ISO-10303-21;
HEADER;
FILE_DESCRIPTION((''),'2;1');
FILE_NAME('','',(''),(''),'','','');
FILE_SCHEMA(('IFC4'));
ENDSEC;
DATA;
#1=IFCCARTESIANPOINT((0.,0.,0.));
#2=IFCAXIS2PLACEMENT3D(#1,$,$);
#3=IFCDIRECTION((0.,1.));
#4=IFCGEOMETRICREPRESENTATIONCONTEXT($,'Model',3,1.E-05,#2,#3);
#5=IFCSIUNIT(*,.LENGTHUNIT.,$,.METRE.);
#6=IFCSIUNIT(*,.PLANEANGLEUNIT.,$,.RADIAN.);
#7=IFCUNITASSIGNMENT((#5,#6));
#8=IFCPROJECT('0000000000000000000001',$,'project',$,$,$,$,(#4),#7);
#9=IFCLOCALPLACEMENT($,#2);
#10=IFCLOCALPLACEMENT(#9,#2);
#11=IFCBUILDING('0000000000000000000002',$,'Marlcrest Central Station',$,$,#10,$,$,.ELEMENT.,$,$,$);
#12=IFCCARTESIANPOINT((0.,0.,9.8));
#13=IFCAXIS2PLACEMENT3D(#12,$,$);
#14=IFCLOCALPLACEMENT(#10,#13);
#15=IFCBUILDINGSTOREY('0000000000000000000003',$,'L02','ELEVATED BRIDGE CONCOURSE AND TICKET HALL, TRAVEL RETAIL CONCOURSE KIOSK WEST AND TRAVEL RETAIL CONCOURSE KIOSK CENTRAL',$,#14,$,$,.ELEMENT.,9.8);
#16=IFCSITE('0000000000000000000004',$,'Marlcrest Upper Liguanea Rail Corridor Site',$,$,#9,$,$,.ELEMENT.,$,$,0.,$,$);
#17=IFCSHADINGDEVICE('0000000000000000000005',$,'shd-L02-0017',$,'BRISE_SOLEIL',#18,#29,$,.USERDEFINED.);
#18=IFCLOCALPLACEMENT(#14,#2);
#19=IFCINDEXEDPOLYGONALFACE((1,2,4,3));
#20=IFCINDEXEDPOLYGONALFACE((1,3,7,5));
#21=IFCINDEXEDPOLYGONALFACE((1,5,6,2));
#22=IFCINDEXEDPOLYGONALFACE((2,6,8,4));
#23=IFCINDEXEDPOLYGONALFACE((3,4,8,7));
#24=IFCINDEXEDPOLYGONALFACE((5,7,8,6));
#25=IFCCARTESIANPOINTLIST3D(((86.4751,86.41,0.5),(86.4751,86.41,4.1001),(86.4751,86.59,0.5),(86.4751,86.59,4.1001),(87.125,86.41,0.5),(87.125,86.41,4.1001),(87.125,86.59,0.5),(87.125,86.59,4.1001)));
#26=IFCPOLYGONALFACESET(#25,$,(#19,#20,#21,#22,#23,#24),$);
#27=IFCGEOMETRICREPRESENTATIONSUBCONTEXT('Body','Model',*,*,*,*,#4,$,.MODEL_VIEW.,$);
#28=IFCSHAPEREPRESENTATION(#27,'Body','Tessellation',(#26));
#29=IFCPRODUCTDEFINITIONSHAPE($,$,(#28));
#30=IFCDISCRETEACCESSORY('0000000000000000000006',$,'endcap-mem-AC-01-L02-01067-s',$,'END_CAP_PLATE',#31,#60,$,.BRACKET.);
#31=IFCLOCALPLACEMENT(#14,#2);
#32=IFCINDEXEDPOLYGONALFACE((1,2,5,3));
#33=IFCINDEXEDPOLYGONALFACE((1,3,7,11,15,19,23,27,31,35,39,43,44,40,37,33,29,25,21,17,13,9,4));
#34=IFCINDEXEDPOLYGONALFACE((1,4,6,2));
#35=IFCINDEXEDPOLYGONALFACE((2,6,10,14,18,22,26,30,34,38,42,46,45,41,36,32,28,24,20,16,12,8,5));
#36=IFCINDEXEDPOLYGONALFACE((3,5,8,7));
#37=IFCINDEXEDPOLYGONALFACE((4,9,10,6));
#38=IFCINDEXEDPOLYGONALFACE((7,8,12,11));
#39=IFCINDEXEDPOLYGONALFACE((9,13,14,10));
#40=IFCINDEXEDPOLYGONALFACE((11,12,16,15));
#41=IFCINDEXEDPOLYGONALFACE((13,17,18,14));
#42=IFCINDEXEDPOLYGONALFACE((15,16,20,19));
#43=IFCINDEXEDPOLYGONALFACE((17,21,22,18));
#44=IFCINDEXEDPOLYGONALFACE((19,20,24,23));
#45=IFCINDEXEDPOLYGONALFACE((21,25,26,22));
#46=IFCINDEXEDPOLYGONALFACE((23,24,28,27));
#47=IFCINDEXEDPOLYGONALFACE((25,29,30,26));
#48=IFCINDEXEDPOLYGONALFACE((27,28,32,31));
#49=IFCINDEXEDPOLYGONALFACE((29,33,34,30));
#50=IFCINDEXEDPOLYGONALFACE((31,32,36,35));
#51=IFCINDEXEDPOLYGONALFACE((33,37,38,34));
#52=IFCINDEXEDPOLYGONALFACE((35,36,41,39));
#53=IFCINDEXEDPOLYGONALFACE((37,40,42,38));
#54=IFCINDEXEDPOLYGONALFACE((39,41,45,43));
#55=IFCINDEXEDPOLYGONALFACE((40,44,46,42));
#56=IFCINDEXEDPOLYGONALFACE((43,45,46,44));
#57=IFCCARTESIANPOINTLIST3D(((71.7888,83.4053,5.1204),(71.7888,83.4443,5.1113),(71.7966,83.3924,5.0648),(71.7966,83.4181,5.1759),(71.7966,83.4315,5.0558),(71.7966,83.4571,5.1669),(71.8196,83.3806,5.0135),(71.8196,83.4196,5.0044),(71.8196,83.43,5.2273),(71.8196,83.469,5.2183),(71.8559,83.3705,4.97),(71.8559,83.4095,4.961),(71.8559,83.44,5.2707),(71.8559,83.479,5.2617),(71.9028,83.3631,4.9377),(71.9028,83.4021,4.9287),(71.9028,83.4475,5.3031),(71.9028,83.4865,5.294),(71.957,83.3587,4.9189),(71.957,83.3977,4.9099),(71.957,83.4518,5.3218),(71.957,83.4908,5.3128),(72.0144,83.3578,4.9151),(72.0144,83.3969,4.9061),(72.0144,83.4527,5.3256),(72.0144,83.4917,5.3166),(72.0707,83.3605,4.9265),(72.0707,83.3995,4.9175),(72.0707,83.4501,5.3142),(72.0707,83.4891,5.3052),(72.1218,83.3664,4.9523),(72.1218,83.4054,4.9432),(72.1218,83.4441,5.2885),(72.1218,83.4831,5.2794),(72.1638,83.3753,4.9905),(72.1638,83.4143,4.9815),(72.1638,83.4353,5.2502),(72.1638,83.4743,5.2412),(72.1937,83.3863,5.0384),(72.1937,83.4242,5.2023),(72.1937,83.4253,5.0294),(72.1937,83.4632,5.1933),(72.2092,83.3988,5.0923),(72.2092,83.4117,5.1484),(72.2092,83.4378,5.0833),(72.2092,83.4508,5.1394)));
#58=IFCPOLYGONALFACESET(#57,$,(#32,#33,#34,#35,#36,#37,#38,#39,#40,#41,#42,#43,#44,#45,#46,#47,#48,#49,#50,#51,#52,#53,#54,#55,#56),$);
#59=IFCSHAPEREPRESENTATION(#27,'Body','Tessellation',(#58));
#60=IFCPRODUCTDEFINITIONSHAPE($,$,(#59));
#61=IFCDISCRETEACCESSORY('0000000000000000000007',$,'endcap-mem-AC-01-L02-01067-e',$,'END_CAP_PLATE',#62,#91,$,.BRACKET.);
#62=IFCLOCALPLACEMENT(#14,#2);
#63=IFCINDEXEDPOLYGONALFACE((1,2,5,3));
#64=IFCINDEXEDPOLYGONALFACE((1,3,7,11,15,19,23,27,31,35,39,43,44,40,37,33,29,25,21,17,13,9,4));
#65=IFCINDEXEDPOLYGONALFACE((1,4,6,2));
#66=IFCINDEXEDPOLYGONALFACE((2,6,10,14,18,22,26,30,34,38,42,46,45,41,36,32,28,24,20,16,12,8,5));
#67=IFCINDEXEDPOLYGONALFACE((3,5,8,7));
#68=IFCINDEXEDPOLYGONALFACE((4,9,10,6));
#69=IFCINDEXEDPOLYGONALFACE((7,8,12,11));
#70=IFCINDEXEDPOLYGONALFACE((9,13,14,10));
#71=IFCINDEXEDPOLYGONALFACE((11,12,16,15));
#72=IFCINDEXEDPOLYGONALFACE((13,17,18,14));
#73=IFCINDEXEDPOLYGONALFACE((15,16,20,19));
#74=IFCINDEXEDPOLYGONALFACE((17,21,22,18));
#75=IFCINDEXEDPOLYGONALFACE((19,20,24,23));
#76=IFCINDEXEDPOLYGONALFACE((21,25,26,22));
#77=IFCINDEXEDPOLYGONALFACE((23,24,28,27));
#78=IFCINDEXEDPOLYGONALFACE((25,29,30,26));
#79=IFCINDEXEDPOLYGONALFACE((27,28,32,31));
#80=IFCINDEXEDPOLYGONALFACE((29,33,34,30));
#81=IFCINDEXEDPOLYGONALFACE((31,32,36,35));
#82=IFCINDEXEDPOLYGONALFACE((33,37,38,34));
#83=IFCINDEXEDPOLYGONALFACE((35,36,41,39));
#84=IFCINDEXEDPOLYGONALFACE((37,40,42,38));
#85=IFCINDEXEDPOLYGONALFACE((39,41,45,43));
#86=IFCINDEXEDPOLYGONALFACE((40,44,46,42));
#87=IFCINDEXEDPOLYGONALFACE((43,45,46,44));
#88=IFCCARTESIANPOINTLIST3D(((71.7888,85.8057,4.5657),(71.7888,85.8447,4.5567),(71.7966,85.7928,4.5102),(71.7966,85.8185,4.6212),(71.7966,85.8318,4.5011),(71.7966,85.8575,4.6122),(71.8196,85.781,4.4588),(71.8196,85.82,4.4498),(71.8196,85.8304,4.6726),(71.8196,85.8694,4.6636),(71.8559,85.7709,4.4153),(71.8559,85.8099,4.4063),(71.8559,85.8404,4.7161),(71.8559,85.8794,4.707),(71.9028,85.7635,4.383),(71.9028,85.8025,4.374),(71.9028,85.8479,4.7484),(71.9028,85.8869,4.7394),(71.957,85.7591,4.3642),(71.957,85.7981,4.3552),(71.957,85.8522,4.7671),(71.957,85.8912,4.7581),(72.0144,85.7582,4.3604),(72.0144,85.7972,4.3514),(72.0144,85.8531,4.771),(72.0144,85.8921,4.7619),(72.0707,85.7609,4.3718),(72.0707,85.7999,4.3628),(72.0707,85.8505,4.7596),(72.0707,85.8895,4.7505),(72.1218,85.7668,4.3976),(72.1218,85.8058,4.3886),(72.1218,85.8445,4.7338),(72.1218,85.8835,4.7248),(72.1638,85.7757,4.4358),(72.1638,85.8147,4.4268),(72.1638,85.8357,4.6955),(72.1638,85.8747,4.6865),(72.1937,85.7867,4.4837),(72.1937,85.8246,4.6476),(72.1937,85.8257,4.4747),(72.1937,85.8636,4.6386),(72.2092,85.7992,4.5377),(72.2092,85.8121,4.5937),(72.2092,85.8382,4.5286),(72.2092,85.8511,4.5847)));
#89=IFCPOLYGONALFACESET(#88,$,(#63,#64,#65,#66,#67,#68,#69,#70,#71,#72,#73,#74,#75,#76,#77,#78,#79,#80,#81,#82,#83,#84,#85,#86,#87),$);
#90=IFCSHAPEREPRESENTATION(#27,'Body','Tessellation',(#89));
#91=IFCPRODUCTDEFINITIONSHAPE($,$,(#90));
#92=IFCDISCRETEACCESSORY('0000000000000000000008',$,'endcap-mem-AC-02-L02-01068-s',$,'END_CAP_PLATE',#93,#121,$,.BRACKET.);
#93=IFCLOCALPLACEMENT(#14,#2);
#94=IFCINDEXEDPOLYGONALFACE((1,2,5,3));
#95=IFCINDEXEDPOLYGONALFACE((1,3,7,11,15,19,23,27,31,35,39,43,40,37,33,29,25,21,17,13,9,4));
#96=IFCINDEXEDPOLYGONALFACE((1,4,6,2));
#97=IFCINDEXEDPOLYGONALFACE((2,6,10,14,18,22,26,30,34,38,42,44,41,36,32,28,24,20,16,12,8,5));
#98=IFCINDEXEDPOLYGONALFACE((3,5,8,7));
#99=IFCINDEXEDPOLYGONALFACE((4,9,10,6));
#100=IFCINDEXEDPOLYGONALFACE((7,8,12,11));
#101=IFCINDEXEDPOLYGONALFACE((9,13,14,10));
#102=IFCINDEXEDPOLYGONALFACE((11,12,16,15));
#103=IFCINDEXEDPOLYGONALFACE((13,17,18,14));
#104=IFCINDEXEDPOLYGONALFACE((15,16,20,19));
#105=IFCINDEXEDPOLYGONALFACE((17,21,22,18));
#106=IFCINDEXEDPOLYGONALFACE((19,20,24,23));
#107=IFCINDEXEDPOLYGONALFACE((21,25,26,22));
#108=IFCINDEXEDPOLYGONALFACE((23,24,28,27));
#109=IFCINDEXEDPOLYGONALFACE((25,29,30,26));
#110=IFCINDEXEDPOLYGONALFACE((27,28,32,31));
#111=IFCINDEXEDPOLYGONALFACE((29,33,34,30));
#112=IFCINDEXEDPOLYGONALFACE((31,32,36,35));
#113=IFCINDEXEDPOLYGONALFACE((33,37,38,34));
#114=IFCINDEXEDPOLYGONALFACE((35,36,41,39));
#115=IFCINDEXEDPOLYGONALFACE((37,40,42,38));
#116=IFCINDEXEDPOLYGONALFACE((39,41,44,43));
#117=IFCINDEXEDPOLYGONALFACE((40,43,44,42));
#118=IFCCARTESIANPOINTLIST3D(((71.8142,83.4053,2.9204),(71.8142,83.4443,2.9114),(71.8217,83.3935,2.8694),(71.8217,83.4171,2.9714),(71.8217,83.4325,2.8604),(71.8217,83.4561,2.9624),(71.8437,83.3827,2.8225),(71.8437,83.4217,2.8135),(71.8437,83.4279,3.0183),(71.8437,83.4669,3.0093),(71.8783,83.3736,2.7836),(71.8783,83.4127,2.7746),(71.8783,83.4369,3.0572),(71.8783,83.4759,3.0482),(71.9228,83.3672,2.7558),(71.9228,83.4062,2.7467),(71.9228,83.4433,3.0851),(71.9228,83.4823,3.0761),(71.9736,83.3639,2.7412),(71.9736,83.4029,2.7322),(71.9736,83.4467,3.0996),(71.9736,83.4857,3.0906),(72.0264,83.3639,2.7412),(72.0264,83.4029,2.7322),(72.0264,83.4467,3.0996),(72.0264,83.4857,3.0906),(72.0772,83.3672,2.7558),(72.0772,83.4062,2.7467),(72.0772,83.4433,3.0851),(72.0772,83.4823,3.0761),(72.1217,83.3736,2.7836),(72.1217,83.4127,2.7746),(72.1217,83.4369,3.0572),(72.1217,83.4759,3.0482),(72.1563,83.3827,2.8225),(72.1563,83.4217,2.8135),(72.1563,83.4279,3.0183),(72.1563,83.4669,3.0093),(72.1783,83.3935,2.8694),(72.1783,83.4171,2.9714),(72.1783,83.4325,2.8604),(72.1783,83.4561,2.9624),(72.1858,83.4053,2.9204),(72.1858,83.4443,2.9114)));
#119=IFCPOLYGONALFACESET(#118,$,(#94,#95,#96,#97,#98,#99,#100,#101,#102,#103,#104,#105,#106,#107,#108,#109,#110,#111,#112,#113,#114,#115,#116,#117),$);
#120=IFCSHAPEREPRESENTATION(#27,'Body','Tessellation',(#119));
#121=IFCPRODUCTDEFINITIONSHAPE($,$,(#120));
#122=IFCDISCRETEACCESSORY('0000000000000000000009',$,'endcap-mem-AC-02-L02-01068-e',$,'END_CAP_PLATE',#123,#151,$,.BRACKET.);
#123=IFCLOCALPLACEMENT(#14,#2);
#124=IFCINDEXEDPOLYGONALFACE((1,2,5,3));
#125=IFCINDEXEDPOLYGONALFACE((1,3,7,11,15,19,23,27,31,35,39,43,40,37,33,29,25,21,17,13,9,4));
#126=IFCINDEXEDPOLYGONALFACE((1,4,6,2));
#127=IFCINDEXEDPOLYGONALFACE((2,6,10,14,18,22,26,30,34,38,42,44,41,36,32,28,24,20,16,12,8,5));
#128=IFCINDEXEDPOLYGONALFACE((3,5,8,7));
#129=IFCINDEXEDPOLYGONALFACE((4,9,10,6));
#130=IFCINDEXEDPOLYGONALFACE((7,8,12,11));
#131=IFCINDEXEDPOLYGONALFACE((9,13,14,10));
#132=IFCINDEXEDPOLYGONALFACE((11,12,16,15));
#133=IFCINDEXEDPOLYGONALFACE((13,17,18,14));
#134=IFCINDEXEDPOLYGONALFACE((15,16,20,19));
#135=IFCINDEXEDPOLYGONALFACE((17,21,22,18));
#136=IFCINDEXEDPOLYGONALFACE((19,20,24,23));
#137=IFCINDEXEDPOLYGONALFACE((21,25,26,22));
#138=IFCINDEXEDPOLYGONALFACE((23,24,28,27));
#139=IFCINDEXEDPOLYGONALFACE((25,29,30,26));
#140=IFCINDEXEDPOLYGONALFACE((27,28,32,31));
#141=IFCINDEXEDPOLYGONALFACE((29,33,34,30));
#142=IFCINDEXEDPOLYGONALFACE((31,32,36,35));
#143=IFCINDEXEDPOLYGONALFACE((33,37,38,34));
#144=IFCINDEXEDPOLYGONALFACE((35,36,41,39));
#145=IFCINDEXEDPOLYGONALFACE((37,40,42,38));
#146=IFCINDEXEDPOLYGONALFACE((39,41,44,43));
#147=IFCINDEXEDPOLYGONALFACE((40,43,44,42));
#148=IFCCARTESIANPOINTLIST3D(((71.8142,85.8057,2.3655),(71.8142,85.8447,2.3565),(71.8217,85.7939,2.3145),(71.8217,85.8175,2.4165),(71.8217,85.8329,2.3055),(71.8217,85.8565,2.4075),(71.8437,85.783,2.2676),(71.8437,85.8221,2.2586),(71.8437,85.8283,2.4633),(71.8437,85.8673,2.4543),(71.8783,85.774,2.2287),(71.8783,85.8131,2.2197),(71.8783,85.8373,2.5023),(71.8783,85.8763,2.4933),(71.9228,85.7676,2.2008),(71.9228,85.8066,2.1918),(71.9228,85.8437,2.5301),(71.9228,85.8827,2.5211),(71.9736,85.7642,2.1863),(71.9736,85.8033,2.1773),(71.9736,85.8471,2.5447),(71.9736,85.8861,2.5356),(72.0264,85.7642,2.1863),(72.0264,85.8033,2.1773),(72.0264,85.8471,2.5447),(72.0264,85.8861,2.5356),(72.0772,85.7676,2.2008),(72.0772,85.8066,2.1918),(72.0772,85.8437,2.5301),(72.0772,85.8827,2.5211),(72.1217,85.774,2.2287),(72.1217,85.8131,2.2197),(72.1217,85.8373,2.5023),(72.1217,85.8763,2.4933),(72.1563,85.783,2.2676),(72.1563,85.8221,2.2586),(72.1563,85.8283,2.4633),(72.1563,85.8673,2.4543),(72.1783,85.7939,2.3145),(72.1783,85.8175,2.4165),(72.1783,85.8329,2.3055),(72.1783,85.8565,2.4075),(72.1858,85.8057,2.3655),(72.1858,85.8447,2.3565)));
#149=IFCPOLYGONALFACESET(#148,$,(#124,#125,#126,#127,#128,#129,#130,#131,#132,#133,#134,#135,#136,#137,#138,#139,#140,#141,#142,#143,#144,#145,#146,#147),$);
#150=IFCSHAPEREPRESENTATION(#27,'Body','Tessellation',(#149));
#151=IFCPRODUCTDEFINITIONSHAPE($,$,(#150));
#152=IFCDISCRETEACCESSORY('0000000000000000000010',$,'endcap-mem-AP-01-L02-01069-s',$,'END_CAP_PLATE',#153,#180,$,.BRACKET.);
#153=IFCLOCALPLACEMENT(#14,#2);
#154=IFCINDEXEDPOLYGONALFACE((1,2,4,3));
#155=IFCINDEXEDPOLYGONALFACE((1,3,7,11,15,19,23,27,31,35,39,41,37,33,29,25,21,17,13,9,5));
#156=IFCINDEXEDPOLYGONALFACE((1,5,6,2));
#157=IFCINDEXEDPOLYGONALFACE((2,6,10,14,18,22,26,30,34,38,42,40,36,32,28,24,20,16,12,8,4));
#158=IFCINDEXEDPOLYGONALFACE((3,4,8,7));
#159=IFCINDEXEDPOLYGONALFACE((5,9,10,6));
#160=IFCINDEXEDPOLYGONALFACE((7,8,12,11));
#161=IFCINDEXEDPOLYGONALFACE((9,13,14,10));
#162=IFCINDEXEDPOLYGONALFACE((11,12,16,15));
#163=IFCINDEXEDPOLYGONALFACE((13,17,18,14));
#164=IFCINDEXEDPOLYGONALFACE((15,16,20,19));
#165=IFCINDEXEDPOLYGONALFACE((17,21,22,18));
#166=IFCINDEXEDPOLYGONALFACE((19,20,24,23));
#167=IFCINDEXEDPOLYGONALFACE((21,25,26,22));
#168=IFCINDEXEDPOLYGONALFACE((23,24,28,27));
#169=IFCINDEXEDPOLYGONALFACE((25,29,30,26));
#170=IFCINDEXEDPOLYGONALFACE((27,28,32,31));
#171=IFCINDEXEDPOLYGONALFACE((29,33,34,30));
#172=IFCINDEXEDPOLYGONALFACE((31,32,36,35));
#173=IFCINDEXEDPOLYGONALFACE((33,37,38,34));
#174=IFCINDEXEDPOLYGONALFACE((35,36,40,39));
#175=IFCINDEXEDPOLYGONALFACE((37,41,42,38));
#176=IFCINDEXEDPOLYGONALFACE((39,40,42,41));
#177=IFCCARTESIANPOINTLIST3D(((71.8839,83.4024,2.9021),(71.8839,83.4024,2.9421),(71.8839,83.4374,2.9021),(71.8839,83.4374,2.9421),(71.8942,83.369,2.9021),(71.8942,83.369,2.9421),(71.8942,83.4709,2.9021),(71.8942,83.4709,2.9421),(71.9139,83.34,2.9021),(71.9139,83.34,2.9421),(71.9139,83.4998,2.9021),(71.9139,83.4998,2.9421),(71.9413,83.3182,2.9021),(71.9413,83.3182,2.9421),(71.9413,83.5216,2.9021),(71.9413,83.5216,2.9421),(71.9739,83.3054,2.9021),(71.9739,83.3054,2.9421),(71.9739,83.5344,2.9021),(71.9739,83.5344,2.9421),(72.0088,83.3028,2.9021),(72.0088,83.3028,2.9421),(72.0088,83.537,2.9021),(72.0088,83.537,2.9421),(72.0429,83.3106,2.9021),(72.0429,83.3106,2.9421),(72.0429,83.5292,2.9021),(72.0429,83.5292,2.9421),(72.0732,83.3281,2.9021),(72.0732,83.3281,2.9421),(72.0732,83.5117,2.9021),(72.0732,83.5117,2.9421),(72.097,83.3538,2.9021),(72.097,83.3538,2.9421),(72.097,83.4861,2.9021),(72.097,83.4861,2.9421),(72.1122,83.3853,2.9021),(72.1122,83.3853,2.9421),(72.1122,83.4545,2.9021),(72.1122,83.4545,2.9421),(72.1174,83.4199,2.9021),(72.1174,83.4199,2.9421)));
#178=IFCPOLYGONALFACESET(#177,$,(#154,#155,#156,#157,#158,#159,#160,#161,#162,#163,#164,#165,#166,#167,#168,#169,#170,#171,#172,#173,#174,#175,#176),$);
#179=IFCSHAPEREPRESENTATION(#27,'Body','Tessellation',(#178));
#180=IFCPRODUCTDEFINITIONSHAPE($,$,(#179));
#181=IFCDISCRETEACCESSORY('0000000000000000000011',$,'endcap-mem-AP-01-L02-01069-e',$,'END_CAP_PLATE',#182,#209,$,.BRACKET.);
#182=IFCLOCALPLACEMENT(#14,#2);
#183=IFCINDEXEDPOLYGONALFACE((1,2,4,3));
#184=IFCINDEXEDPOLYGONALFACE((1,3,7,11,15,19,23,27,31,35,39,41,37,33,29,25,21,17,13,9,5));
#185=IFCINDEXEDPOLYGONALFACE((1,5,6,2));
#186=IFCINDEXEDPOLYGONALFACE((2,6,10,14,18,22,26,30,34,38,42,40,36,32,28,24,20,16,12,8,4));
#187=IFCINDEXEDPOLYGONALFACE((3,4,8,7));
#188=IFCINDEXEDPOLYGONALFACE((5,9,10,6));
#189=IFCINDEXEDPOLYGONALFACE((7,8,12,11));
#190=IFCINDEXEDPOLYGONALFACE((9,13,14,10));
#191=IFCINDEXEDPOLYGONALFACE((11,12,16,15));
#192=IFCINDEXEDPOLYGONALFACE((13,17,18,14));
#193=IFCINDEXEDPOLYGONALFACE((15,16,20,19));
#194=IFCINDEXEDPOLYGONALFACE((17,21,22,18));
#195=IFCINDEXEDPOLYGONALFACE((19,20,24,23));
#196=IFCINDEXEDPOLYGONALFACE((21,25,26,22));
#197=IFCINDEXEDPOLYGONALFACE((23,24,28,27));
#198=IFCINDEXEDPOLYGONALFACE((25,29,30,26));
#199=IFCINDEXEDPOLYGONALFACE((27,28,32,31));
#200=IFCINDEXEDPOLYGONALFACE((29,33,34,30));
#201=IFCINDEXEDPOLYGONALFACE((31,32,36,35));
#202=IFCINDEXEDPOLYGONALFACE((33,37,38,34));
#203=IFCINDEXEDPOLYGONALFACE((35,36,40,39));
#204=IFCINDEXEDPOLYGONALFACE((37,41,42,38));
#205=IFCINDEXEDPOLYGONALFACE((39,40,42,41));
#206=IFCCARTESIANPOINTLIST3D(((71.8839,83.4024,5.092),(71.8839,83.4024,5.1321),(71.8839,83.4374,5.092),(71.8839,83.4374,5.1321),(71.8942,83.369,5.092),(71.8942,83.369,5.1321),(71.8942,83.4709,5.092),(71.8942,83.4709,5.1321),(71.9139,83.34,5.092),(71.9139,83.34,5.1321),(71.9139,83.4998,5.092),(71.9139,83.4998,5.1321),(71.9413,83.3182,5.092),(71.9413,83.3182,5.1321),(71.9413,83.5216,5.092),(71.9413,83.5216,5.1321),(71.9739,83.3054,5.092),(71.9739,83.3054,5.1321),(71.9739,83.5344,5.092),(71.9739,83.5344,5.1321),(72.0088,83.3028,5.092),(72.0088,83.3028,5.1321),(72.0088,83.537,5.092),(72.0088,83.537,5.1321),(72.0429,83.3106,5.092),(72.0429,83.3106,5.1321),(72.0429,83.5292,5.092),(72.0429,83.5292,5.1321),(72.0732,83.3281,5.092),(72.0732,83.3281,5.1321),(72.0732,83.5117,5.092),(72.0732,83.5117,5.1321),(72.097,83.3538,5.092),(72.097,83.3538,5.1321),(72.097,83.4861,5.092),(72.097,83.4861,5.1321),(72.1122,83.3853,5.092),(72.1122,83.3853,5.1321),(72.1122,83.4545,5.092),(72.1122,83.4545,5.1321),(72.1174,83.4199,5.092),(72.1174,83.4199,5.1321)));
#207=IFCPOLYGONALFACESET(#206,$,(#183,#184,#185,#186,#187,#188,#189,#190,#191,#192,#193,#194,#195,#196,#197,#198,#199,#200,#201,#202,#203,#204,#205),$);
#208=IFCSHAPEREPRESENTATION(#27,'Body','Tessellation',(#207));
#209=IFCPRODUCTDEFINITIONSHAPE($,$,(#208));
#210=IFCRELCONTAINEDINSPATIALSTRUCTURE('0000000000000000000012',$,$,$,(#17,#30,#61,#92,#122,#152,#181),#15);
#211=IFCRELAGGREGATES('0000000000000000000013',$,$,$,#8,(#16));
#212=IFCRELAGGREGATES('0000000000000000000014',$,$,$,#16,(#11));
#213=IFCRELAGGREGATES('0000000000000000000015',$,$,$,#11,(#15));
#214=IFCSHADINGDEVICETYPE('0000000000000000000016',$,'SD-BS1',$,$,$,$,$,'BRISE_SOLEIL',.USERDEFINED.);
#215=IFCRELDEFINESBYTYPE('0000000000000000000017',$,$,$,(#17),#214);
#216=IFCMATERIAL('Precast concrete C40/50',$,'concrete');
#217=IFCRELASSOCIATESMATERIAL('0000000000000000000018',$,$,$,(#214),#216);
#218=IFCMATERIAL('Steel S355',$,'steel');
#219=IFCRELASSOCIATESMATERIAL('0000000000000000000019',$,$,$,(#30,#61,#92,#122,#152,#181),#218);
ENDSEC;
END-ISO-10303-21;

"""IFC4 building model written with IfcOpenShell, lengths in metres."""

from ifc_helpers import new_model, si_unit, direction, frame, origin, origin_2d, place, context, subcontext, project, spatial, rectangle, circle, extrude, material, type_object, element, save


model = new_model("IFC4")

# Units and contexts
model_context = context("Model", 3, precision=1e-05, world=origin(), true_north=direction((0.0, 1.0)))
body_context = subcontext(model_context, "Body", "Model", "MODEL_VIEW")
ifc_project = project(units=[si_unit("LENGTHUNIT", "METRE"), si_unit("PLANEANGLEUNIT", "RADIAN")], contexts=[model_context])

# Site, building, storey
site_placement = place(None, origin())
site = spatial("IfcSite", under=ifc_project, at=site_placement, Name="Marlcrest Upper Liguanea Rail Corridor Site", CompositionType="ELEMENT", RefElevation=0.0)
building_placement = place(site_placement, origin())
building = spatial("IfcBuilding", under=site, at=building_placement, Name="Marlcrest Central Station", CompositionType="ELEMENT")
storey_placement = place(building_placement, frame((0.0, 0.0, 9.8)))
storey = spatial("IfcBuildingStorey", under=building, at=storey_placement, Name="L02", Description="ELEVATED BRIDGE CONCOURSE AND TICKET HALL, TRAVEL RETAIL CONCOURSE KIOSK WEST AND TRAVEL RETAIL CONCOURSE KIOSK CENTRAL", CompositionType="ELEMENT", Elevation=9.8)

# Shared definitions
ifc_material_1 = material(Name="Steel S355", Category="steel")

# Shading device
ifc_material_2 = material(Name="Precast concrete C40/50", Category="concrete")
shading_device_type = type_object("IfcShadingDeviceType", Name="SD-BS1", ElementType="BRISE_SOLEIL", PredefinedType="USERDEFINED", material=ifc_material_2)
for number, where, z_axis, x_axis, name in (
    (1, (86.8, 86.5, 0.5), (0.0, 0.0, 1.0), (0.0, 1.0, 0.0), "shd-L02-0017"),
):
    element("IfcShadingDevice", number, at=place(storey_placement, frame(where, z_axis=z_axis, x_axis=x_axis)), inside=storey, type_object=shading_device_type, Name=name, ObjectType="BRISE_SOLEIL", PredefinedType="USERDEFINED", context=body_context, shape_type="SweptSolid", body=[
        extrude(rectangle(XDim=0.1799, YDim=0.6499, at=origin_2d()), origin(), (0.0, 0.0, 1.0), 3.6001),
    ])

# Discrete accessories
for number, where, z_axis, x_axis, name in (
    (2, (72.0, 83.4053, 5.1204), (0.0, 0.97433, -0.225126), (-1.0, 0.0, 0.0), "endcap-mem-AC-01-L02-01067-s"),
    (3, (72.0, 85.8057, 4.5657), (0.0, 0.97433, -0.225126), (-1.0, 0.0, 0.0), "endcap-mem-AC-01-L02-01067-e"),
):
    element("IfcDiscreteAccessory", number, at=place(storey_placement, frame(where, z_axis=z_axis, x_axis=x_axis)), inside=storey, material=ifc_material_1, Name=name, ObjectType="END_CAP_PLATE", PredefinedType="BRACKET", context=body_context, shape_type="SweptSolid", body=[
        extrude(circle(Radius=0.2112, at=origin_2d()), origin(), (0.0, 0.0, 1.0), 0.04),
    ])
for number, where, z_axis, x_axis, name in (
    (4, (72.0, 83.4053, 2.9204), (0.0, 0.974308, -0.22522), (-1.0, 0.0, 0.0), "endcap-mem-AC-02-L02-01068-s"),
    (5, (72.0, 85.8057, 2.3655), (0.0, 0.974308, -0.22522), (-1.0, 0.0, 0.0), "endcap-mem-AC-02-L02-01068-e"),
):
    element("IfcDiscreteAccessory", number, at=place(storey_placement, frame(where, z_axis=z_axis, x_axis=x_axis)), inside=storey, material=ifc_material_1, Name=name, ObjectType="END_CAP_PLATE", PredefinedType="BRACKET", context=body_context, shape_type="SweptSolid", body=[
        extrude(circle(Radius=0.1858, at=origin_2d()), origin(), (0.0, 0.0, 1.0), 0.04),
    ])
for number, where, z_axis, x_axis, name in (
    (6, (72.0, 83.4199, 2.9021), (0.0, 0.0, 1.0), (1.0, 0.0, 0.0), "endcap-mem-AP-01-L02-01069-s"),
    (7, (72.0, 83.4199, 5.092), (0.0, 0.0, 1.0), (1.0, 0.0, 0.0), "endcap-mem-AP-01-L02-01069-e"),
):
    element("IfcDiscreteAccessory", number, at=place(storey_placement, frame(where, z_axis=z_axis, x_axis=x_axis)), inside=storey, material=ifc_material_1, Name=name, ObjectType="END_CAP_PLATE", PredefinedType="BRACKET", context=body_context, shape_type="SweptSolid", body=[
        extrude(circle(Radius=0.1174, at=origin_2d()), origin(), (0.0, 0.0, 1.0), 0.04),
    ])

save(model, "model.ifc")
